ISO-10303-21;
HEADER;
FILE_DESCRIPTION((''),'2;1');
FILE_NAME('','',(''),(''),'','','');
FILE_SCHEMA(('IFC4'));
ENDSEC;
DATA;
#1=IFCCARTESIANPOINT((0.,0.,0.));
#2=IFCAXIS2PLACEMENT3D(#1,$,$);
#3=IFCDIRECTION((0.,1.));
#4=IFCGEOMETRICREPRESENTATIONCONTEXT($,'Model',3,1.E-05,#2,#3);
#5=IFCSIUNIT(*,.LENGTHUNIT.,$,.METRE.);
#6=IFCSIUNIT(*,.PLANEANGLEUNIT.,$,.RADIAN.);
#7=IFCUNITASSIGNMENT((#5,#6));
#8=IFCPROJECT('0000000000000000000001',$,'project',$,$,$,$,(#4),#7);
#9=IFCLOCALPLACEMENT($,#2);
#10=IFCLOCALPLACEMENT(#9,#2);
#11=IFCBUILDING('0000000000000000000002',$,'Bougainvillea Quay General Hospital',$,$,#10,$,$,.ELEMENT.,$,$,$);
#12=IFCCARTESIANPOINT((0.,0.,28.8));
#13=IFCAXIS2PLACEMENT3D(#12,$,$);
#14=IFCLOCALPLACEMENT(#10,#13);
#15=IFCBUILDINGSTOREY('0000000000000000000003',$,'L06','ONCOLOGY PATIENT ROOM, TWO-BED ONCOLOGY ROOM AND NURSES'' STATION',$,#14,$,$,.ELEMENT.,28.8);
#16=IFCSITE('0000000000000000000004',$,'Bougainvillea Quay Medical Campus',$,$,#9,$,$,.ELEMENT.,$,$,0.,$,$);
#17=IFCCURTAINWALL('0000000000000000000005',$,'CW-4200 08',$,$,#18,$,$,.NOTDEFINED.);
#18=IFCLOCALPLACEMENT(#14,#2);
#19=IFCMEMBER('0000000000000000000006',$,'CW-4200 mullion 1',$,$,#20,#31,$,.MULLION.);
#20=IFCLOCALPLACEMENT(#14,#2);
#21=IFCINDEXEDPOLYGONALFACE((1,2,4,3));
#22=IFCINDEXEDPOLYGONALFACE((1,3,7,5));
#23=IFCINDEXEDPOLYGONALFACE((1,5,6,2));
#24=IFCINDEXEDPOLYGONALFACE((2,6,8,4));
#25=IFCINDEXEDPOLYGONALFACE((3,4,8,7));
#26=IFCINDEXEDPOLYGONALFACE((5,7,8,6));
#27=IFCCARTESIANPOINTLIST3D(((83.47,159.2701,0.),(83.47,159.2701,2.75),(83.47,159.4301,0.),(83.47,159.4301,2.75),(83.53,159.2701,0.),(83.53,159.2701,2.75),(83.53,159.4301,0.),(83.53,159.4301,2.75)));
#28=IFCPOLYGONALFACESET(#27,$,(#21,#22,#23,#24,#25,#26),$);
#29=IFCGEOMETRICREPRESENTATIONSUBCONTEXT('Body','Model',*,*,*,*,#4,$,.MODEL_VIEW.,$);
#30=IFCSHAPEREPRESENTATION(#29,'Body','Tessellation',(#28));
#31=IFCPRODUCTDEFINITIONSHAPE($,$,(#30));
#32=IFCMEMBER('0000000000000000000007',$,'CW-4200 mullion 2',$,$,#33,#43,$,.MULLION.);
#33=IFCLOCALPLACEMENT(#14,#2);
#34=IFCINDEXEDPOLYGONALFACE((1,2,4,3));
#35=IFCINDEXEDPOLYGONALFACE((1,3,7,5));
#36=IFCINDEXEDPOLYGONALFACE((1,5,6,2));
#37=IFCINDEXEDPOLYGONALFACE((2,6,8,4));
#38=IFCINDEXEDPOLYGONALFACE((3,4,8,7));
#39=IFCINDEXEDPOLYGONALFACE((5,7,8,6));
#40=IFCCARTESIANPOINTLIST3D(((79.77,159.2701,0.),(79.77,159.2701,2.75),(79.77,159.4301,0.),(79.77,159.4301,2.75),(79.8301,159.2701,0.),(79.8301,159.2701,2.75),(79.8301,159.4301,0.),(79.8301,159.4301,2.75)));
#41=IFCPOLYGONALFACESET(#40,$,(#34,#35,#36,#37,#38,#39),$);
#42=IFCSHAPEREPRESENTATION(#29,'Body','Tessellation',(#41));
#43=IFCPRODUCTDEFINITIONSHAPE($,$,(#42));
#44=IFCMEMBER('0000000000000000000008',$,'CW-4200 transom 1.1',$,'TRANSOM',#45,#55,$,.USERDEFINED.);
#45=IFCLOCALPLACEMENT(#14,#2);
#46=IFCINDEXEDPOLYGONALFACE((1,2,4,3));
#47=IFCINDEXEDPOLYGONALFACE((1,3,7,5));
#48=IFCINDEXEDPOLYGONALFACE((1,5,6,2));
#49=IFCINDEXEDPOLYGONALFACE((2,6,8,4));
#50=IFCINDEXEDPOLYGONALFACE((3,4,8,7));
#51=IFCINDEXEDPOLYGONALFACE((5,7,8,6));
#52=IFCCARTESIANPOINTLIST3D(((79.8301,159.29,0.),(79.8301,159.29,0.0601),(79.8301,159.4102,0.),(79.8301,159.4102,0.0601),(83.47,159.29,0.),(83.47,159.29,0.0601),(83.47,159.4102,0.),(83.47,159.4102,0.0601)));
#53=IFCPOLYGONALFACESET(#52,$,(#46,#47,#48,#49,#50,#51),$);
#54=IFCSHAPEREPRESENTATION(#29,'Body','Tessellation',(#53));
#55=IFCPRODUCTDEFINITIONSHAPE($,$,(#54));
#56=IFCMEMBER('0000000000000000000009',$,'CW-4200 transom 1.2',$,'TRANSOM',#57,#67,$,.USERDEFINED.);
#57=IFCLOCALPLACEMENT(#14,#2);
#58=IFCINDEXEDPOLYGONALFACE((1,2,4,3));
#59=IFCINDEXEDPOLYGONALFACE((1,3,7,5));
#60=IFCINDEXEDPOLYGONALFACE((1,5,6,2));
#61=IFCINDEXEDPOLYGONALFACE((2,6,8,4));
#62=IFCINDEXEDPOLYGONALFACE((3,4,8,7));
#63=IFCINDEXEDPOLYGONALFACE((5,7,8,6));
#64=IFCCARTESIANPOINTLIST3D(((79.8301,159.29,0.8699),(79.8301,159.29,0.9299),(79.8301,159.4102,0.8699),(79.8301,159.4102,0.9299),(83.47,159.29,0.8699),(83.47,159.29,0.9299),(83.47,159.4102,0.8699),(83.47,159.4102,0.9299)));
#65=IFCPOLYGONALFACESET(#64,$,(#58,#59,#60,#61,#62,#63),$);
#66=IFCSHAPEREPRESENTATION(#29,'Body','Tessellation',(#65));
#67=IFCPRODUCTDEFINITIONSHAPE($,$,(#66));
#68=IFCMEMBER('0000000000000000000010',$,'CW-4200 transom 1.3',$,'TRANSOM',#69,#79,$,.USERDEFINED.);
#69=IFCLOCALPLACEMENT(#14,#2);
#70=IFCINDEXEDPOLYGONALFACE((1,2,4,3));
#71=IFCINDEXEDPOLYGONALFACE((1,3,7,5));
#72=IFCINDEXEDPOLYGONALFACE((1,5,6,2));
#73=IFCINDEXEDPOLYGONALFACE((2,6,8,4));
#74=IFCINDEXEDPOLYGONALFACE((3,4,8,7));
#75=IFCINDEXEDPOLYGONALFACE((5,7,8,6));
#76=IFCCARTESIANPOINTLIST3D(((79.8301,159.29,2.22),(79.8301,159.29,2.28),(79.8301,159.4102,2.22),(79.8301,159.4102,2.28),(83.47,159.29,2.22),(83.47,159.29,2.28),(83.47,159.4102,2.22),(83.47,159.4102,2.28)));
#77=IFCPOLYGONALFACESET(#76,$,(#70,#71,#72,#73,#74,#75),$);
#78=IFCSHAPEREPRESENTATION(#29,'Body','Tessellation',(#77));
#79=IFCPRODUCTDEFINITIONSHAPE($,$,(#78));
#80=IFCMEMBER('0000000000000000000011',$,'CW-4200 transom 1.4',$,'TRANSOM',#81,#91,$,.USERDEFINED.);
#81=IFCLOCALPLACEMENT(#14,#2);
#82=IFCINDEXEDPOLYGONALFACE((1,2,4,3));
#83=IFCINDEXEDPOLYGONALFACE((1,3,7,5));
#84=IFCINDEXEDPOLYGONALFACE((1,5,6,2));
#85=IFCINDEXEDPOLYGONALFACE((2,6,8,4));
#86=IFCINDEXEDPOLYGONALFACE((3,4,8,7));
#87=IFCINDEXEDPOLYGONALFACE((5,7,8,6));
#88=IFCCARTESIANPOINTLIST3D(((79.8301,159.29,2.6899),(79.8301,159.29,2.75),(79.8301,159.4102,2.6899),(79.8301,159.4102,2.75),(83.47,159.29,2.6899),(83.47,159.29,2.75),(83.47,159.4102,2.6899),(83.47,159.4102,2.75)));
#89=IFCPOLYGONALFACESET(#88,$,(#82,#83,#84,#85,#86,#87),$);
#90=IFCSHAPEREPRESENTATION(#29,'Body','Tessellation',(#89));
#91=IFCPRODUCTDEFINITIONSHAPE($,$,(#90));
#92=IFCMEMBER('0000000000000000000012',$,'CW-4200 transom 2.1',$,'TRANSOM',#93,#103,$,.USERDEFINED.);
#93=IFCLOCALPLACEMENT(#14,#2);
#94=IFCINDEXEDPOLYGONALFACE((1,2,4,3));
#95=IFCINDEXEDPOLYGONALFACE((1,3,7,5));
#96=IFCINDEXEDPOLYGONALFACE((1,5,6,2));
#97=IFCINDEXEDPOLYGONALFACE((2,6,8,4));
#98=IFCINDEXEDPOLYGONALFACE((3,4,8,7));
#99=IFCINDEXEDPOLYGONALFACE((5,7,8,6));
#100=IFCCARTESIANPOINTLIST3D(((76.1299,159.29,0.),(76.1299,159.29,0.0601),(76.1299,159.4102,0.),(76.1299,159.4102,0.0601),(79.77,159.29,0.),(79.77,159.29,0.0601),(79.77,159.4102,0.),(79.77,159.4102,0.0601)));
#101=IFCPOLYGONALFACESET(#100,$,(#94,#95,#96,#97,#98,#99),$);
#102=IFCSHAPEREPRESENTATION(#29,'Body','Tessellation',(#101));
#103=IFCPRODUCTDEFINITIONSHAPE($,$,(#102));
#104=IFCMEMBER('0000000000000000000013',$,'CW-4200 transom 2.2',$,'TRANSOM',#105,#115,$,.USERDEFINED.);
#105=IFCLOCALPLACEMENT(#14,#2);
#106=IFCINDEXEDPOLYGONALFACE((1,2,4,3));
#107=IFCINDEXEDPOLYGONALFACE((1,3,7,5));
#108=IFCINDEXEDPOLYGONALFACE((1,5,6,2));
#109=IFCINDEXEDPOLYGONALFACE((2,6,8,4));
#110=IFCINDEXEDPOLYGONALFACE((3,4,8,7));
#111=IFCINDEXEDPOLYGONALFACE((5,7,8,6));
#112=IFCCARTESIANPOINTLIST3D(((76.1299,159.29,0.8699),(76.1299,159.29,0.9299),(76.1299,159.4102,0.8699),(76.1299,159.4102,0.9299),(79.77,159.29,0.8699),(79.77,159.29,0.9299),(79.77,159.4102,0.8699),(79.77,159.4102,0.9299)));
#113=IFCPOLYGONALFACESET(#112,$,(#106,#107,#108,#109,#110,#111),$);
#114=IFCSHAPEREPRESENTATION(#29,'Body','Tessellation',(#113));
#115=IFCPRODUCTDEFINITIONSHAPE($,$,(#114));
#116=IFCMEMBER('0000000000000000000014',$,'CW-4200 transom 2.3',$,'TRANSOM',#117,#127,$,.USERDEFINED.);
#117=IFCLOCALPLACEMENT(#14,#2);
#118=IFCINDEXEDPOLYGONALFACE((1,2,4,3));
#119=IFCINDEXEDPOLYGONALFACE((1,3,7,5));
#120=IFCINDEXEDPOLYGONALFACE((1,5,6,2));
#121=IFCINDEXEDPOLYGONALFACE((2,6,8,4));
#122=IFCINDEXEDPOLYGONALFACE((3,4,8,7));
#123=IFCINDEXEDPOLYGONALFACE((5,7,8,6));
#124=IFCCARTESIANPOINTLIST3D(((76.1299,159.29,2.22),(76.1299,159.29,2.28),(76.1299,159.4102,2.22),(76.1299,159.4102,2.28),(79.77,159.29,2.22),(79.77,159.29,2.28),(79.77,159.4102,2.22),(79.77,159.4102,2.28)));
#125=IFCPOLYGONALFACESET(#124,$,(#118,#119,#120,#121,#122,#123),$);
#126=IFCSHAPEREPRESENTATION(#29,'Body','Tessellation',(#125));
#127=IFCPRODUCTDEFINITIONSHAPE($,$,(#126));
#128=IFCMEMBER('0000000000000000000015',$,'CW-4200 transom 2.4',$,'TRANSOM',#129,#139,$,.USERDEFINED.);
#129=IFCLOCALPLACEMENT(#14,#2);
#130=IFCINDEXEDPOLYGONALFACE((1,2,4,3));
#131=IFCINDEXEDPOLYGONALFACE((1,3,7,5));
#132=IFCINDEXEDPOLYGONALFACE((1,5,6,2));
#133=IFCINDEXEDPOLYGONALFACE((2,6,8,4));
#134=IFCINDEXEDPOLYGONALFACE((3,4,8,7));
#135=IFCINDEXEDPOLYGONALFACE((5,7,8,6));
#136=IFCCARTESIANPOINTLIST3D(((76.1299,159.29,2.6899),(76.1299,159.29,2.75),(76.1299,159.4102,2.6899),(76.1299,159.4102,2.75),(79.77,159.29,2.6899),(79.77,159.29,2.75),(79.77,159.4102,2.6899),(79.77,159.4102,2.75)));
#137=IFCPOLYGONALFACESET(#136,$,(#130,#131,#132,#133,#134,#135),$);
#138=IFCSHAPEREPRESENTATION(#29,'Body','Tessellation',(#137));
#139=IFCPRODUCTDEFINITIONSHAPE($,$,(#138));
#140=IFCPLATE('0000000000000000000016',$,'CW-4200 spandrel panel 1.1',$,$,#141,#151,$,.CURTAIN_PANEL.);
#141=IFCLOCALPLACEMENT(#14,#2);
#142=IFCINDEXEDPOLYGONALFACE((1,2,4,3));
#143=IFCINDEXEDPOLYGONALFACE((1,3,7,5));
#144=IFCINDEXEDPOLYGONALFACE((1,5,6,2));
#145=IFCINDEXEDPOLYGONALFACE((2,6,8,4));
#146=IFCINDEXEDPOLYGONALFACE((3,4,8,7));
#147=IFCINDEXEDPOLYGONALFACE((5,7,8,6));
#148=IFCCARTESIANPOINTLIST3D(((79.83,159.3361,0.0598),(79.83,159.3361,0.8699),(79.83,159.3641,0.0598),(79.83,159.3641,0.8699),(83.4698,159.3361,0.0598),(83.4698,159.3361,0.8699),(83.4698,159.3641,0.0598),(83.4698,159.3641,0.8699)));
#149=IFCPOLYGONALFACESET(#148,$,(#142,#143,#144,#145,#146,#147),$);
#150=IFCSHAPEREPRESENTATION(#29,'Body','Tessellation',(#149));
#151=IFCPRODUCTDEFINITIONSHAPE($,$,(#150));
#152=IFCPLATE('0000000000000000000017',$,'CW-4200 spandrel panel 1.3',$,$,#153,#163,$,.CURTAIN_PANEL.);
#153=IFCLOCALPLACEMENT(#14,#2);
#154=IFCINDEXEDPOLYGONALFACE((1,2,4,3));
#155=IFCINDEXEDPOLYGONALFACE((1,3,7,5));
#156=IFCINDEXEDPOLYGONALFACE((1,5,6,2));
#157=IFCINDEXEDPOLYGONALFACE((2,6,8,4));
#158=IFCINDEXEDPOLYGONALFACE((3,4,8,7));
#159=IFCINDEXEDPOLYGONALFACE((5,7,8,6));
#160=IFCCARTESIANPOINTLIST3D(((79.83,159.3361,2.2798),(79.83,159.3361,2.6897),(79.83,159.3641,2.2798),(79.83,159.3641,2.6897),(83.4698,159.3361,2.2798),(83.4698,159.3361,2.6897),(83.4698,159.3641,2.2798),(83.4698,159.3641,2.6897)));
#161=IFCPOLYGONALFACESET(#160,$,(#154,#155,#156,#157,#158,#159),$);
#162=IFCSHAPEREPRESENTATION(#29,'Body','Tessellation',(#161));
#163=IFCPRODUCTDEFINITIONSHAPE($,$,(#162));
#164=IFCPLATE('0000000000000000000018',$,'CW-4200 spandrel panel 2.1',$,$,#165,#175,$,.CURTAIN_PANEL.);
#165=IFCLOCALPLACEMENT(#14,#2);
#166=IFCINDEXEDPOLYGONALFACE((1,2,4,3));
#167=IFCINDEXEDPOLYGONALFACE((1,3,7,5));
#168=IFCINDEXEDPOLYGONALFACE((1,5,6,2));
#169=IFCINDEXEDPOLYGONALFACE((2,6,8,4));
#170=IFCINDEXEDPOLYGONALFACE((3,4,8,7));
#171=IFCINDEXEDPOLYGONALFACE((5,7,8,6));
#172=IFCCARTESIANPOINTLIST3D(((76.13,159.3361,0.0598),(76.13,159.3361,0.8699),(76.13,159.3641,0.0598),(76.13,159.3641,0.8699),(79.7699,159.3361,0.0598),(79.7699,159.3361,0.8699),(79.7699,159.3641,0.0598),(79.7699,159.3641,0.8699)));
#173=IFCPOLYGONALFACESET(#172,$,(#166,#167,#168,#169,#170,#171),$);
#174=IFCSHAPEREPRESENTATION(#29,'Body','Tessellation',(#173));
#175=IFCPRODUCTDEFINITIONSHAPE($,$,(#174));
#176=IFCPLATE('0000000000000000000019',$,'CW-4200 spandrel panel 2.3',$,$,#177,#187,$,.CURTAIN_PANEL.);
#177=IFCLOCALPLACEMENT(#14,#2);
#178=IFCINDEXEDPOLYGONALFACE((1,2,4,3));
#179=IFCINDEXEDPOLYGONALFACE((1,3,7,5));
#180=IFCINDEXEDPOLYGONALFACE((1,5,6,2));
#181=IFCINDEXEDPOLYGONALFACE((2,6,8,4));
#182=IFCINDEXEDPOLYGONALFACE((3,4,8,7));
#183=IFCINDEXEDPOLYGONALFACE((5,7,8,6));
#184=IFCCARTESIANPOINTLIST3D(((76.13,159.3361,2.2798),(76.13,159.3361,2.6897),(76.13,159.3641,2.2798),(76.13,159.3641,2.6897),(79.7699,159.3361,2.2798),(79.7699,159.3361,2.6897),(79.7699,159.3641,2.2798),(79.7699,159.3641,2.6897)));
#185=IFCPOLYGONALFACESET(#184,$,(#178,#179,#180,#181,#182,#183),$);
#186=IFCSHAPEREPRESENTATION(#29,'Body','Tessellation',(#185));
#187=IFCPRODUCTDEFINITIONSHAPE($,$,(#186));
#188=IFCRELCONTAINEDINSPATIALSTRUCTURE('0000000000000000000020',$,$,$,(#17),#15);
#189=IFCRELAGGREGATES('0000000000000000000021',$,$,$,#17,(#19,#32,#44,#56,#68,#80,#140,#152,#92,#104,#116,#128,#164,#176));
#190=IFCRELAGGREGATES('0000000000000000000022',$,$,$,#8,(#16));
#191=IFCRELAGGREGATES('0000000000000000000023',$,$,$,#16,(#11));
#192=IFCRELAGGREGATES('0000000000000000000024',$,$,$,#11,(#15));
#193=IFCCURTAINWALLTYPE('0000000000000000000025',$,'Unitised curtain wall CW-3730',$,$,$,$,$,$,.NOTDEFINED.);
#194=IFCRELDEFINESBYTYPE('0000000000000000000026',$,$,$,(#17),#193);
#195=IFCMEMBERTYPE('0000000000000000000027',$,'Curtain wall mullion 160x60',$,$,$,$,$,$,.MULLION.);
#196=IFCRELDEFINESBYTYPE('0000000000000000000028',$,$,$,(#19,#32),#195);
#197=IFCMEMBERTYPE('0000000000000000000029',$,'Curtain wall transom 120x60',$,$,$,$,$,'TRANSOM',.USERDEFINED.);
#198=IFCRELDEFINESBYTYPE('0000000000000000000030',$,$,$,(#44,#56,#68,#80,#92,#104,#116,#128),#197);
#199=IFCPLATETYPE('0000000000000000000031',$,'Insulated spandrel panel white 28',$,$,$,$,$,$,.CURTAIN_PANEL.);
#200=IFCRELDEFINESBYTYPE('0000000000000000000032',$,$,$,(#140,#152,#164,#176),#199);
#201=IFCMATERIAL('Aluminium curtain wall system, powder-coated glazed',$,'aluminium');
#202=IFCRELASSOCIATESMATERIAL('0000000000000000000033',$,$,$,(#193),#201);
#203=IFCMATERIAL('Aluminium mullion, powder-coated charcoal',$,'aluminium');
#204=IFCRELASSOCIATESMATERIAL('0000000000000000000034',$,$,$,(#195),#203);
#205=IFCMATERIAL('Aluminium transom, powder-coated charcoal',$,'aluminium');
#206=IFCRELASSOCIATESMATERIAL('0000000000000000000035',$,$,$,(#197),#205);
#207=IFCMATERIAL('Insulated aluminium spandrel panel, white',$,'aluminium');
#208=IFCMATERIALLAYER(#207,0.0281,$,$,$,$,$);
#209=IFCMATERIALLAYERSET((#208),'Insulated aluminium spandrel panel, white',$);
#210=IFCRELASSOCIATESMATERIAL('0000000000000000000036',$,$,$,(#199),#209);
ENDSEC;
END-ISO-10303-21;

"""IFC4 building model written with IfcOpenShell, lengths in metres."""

from ifc_helpers import new_model, si_unit, direction, frame, origin, origin_2d, place, context, subcontext, project, spatial, rectangle, extrude, material, layer, layer_set, material_profile, profile_set, type_object, element, aggregate, save


model = new_model("IFC4")

# Units and contexts
model_context = context("Model", 3, precision=1e-05, world=origin(), true_north=direction((0.0, 1.0)))
body_context = subcontext(model_context, "Body", "Model", "MODEL_VIEW")
ifc_project = project(units=[si_unit("LENGTHUNIT", "METRE"), si_unit("PLANEANGLEUNIT", "RADIAN")], contexts=[model_context])

# Site, building, storey
site_placement = place(None, origin())
site = spatial("IfcSite", under=ifc_project, at=site_placement, Name="Bougainvillea Quay Medical Campus", CompositionType="ELEMENT", RefElevation=0.0)
building_placement = place(site_placement, origin())
building = spatial("IfcBuilding", under=site, at=building_placement, Name="Bougainvillea Quay General Hospital", CompositionType="ELEMENT")
storey_placement = place(building_placement, frame((0.0, 0.0, 28.8)))
storey = spatial("IfcBuildingStorey", under=building, at=storey_placement, Name="L06", Description="ONCOLOGY PATIENT ROOM, TWO-BED ONCOLOGY ROOM AND NURSES' STATION", CompositionType="ELEMENT", Elevation=28.8)

# Curtain wall, members, plates
ifc_material_1 = material(Name="Aluminium curtain wall system, powder-coated glazed", Category="aluminium")
curtain_wall_type = type_object("IfcCurtainWallType", Name="Unitised curtain wall CW-3730", PredefinedType="NOTDEFINED", material=ifc_material_1)
curtain_wall_placement = place(storey_placement, origin())
curtain_wall = element("IfcCurtainWall", 1, at=curtain_wall_placement, inside=storey, type_object=curtain_wall_type, Name="CW-4200 08", PredefinedType="NOTDEFINED")
ifc_material_2 = material(Name="Aluminium mullion, powder-coated charcoal", Category="aluminium")
ifc_material_profile_1 = material_profile(ifc_material_2, rectangle(XDim=0.1599, YDim=0.0601, at=origin_2d()))
ifc_profile_set_1 = profile_set([ifc_material_profile_1], Name="Aluminium mullion, powder-coated charcoal")
member_type_1 = type_object("IfcMemberType", Name="Curtain wall mullion 160x60", PredefinedType="MULLION", material=ifc_profile_set_1)
member_1_placement = place(storey_placement, frame((83.5, 159.3501, 0.0), z_axis=(0.0, 0.0, 1.0), x_axis=(0.0, -1.0, 0.0)))
member_1 = element("IfcMember", 2, at=member_1_placement, type_object=member_type_1, Name="CW-4200 mullion 1", PredefinedType="MULLION", context=body_context, shape_type="SweptSolid", body=[
    extrude(rectangle(XDim=0.1599, YDim=0.0601, at=origin_2d()), origin(), (0.0, 0.0, 1.0), 2.75),
])
member_2_placement = place(storey_placement, frame((79.8, 159.3501, 0.0), z_axis=(0.0, 0.0, 1.0), x_axis=(0.0, -1.0, 0.0)))
member_2 = element("IfcMember", 3, at=member_2_placement, type_object=member_type_1, Name="CW-4200 mullion 2", PredefinedType="MULLION", context=body_context, shape_type="SweptSolid", body=[
    extrude(rectangle(XDim=0.1599, YDim=0.0601, at=origin_2d()), origin(), (0.0, 0.0, 1.0), 2.75),
])
ifc_material_3 = material(Name="Aluminium transom, powder-coated charcoal", Category="aluminium")
ifc_material_profile_2 = material_profile(ifc_material_3, rectangle(XDim=0.1201, YDim=0.0601, at=origin_2d()))
ifc_profile_set_2 = profile_set([ifc_material_profile_2], Name="Aluminium transom, powder-coated charcoal")
member_type_2 = type_object("IfcMemberType", Name="Curtain wall transom 120x60", ElementType="TRANSOM", PredefinedType="USERDEFINED", material=ifc_profile_set_2)
member_3_placement = place(storey_placement, frame((83.47, 159.3501, 0.03), z_axis=(-1.0, 0.0, 0.0), x_axis=(0.0, -1.0, 0.0)))
member_3 = element("IfcMember", 4, at=member_3_placement, type_object=member_type_2, Name="CW-4200 transom 1.1", ObjectType="TRANSOM", PredefinedType="USERDEFINED", context=body_context, shape_type="SweptSolid", body=[
    extrude(rectangle(XDim=0.1201, YDim=0.0601, at=origin_2d()), origin(), (0.0, 0.0, 1.0), 3.6399),
])
member_4_placement = place(storey_placement, frame((83.47, 159.3501, 0.8999), z_axis=(-1.0, 0.0, 0.0), x_axis=(0.0, -1.0, 0.0)))
member_4 = element("IfcMember", 5, at=member_4_placement, type_object=member_type_2, Name="CW-4200 transom 1.2", ObjectType="TRANSOM", PredefinedType="USERDEFINED", context=body_context, shape_type="SweptSolid", body=[
    extrude(rectangle(XDim=0.1201, YDim=0.0601, at=origin_2d()), origin(), (0.0, 0.0, 1.0), 3.6399),
])
member_5_placement = place(storey_placement, frame((83.47, 159.3501, 2.25), z_axis=(-1.0, 0.0, 0.0), x_axis=(0.0, -1.0, 0.0)))
member_5 = element("IfcMember", 6, at=member_5_placement, type_object=member_type_2, Name="CW-4200 transom 1.3", ObjectType="TRANSOM", PredefinedType="USERDEFINED", context=body_context, shape_type="SweptSolid", body=[
    extrude(rectangle(XDim=0.1201, YDim=0.0601, at=origin_2d()), origin(), (0.0, 0.0, 1.0), 3.6399),
])
member_6_placement = place(storey_placement, frame((83.47, 159.3501, 2.72), z_axis=(-1.0, 0.0, 0.0), x_axis=(0.0, -1.0, 0.0)))
member_6 = element("IfcMember", 7, at=member_6_placement, type_object=member_type_2, Name="CW-4200 transom 1.4", ObjectType="TRANSOM", PredefinedType="USERDEFINED", context=body_context, shape_type="SweptSolid", body=[
    extrude(rectangle(XDim=0.1201, YDim=0.0601, at=origin_2d()), origin(), (0.0, 0.0, 1.0), 3.6399),
])
member_7_placement = place(storey_placement, frame((79.77, 159.3501, 0.03), z_axis=(-1.0, 0.0, 0.0), x_axis=(0.0, -1.0, 0.0)))
member_7 = element("IfcMember", 8, at=member_7_placement, type_object=member_type_2, Name="CW-4200 transom 2.1", ObjectType="TRANSOM", PredefinedType="USERDEFINED", context=body_context, shape_type="SweptSolid", body=[
    extrude(rectangle(XDim=0.1201, YDim=0.0601, at=origin_2d()), origin(), (0.0, 0.0, 1.0), 3.6401),
])
member_8_placement = place(storey_placement, frame((79.77, 159.3501, 0.8999), z_axis=(-1.0, 0.0, 0.0), x_axis=(0.0, -1.0, 0.0)))
member_8 = element("IfcMember", 9, at=member_8_placement, type_object=member_type_2, Name="CW-4200 transom 2.2", ObjectType="TRANSOM", PredefinedType="USERDEFINED", context=body_context, shape_type="SweptSolid", body=[
    extrude(rectangle(XDim=0.1201, YDim=0.0601, at=origin_2d()), origin(), (0.0, 0.0, 1.0), 3.6401),
])
member_9_placement = place(storey_placement, frame((79.77, 159.3501, 2.25), z_axis=(-1.0, 0.0, 0.0), x_axis=(0.0, -1.0, 0.0)))
member_9 = element("IfcMember", 10, at=member_9_placement, type_object=member_type_2, Name="CW-4200 transom 2.3", ObjectType="TRANSOM", PredefinedType="USERDEFINED", context=body_context, shape_type="SweptSolid", body=[
    extrude(rectangle(XDim=0.1201, YDim=0.0601, at=origin_2d()), origin(), (0.0, 0.0, 1.0), 3.6401),
])
member_10_placement = place(storey_placement, frame((79.77, 159.3501, 2.72), z_axis=(-1.0, 0.0, 0.0), x_axis=(0.0, -1.0, 0.0)))
member_10 = element("IfcMember", 11, at=member_10_placement, type_object=member_type_2, Name="CW-4200 transom 2.4", ObjectType="TRANSOM", PredefinedType="USERDEFINED", context=body_context, shape_type="SweptSolid", body=[
    extrude(rectangle(XDim=0.1201, YDim=0.0601, at=origin_2d()), origin(), (0.0, 0.0, 1.0), 3.6401),
])
ifc_material_4 = material(Name="Insulated aluminium spandrel panel, white", Category="aluminium")
ifc_layer_1 = layer(ifc_material_4, 0.0281)
ifc_layer_set_1 = layer_set([ifc_layer_1], Name="Insulated aluminium spandrel panel, white")
plate_type_1 = type_object("IfcPlateType", Name="Insulated spandrel panel white 28", PredefinedType="CURTAIN_PANEL", material=ifc_layer_set_1)
plate_1_placement = place(storey_placement, frame((81.6499, 159.3501, 0.0598), z_axis=(0.0, 0.0, 1.0), x_axis=(-1.0, 0.0, 0.0)))
plate_1 = element("IfcPlate", 12, at=plate_1_placement, type_object=plate_type_1, Name="CW-4200 spandrel panel 1.1", PredefinedType="CURTAIN_PANEL", context=body_context, shape_type="SweptSolid", body=[
    extrude(rectangle(XDim=3.6399, YDim=0.0281, at=origin_2d()), origin(), (0.0, 0.0, 1.0), 0.8101),
])
plate_2_placement = place(storey_placement, frame((81.6499, 159.3501, 2.2798), z_axis=(0.0, 0.0, 1.0), x_axis=(-1.0, 0.0, 0.0)))
plate_2 = element("IfcPlate", 13, at=plate_2_placement, type_object=plate_type_1, Name="CW-4200 spandrel panel 1.3", PredefinedType="CURTAIN_PANEL", context=body_context, shape_type="SweptSolid", body=[
    extrude(rectangle(XDim=3.6399, YDim=0.0281, at=origin_2d()), origin(), (0.0, 0.0, 1.0), 0.4099),
])
plate_3_placement = place(storey_placement, frame((77.95, 159.3501, 0.0598), z_axis=(0.0, 0.0, 1.0), x_axis=(-1.0, 0.0, 0.0)))
plate_3 = element("IfcPlate", 14, at=plate_3_placement, type_object=plate_type_1, Name="CW-4200 spandrel panel 2.1", PredefinedType="CURTAIN_PANEL", context=body_context, shape_type="SweptSolid", body=[
    extrude(rectangle(XDim=3.6399, YDim=0.0281, at=origin_2d()), origin(), (0.0, 0.0, 1.0), 0.8101),
])
plate_4_placement = place(storey_placement, frame((77.95, 159.3501, 2.2798), z_axis=(0.0, 0.0, 1.0), x_axis=(-1.0, 0.0, 0.0)))
plate_4 = element("IfcPlate", 15, at=plate_4_placement, type_object=plate_type_1, Name="CW-4200 spandrel panel 2.3", PredefinedType="CURTAIN_PANEL", context=body_context, shape_type="SweptSolid", body=[
    extrude(rectangle(XDim=3.6399, YDim=0.0281, at=origin_2d()), origin(), (0.0, 0.0, 1.0), 0.4099),
])
aggregate(curtain_wall, [member_1, member_2, member_3, member_4, member_5, member_6, plate_1, plate_2, member_7, member_8, member_9, member_10, plate_3, plate_4])

save(model, "model.ifc")
